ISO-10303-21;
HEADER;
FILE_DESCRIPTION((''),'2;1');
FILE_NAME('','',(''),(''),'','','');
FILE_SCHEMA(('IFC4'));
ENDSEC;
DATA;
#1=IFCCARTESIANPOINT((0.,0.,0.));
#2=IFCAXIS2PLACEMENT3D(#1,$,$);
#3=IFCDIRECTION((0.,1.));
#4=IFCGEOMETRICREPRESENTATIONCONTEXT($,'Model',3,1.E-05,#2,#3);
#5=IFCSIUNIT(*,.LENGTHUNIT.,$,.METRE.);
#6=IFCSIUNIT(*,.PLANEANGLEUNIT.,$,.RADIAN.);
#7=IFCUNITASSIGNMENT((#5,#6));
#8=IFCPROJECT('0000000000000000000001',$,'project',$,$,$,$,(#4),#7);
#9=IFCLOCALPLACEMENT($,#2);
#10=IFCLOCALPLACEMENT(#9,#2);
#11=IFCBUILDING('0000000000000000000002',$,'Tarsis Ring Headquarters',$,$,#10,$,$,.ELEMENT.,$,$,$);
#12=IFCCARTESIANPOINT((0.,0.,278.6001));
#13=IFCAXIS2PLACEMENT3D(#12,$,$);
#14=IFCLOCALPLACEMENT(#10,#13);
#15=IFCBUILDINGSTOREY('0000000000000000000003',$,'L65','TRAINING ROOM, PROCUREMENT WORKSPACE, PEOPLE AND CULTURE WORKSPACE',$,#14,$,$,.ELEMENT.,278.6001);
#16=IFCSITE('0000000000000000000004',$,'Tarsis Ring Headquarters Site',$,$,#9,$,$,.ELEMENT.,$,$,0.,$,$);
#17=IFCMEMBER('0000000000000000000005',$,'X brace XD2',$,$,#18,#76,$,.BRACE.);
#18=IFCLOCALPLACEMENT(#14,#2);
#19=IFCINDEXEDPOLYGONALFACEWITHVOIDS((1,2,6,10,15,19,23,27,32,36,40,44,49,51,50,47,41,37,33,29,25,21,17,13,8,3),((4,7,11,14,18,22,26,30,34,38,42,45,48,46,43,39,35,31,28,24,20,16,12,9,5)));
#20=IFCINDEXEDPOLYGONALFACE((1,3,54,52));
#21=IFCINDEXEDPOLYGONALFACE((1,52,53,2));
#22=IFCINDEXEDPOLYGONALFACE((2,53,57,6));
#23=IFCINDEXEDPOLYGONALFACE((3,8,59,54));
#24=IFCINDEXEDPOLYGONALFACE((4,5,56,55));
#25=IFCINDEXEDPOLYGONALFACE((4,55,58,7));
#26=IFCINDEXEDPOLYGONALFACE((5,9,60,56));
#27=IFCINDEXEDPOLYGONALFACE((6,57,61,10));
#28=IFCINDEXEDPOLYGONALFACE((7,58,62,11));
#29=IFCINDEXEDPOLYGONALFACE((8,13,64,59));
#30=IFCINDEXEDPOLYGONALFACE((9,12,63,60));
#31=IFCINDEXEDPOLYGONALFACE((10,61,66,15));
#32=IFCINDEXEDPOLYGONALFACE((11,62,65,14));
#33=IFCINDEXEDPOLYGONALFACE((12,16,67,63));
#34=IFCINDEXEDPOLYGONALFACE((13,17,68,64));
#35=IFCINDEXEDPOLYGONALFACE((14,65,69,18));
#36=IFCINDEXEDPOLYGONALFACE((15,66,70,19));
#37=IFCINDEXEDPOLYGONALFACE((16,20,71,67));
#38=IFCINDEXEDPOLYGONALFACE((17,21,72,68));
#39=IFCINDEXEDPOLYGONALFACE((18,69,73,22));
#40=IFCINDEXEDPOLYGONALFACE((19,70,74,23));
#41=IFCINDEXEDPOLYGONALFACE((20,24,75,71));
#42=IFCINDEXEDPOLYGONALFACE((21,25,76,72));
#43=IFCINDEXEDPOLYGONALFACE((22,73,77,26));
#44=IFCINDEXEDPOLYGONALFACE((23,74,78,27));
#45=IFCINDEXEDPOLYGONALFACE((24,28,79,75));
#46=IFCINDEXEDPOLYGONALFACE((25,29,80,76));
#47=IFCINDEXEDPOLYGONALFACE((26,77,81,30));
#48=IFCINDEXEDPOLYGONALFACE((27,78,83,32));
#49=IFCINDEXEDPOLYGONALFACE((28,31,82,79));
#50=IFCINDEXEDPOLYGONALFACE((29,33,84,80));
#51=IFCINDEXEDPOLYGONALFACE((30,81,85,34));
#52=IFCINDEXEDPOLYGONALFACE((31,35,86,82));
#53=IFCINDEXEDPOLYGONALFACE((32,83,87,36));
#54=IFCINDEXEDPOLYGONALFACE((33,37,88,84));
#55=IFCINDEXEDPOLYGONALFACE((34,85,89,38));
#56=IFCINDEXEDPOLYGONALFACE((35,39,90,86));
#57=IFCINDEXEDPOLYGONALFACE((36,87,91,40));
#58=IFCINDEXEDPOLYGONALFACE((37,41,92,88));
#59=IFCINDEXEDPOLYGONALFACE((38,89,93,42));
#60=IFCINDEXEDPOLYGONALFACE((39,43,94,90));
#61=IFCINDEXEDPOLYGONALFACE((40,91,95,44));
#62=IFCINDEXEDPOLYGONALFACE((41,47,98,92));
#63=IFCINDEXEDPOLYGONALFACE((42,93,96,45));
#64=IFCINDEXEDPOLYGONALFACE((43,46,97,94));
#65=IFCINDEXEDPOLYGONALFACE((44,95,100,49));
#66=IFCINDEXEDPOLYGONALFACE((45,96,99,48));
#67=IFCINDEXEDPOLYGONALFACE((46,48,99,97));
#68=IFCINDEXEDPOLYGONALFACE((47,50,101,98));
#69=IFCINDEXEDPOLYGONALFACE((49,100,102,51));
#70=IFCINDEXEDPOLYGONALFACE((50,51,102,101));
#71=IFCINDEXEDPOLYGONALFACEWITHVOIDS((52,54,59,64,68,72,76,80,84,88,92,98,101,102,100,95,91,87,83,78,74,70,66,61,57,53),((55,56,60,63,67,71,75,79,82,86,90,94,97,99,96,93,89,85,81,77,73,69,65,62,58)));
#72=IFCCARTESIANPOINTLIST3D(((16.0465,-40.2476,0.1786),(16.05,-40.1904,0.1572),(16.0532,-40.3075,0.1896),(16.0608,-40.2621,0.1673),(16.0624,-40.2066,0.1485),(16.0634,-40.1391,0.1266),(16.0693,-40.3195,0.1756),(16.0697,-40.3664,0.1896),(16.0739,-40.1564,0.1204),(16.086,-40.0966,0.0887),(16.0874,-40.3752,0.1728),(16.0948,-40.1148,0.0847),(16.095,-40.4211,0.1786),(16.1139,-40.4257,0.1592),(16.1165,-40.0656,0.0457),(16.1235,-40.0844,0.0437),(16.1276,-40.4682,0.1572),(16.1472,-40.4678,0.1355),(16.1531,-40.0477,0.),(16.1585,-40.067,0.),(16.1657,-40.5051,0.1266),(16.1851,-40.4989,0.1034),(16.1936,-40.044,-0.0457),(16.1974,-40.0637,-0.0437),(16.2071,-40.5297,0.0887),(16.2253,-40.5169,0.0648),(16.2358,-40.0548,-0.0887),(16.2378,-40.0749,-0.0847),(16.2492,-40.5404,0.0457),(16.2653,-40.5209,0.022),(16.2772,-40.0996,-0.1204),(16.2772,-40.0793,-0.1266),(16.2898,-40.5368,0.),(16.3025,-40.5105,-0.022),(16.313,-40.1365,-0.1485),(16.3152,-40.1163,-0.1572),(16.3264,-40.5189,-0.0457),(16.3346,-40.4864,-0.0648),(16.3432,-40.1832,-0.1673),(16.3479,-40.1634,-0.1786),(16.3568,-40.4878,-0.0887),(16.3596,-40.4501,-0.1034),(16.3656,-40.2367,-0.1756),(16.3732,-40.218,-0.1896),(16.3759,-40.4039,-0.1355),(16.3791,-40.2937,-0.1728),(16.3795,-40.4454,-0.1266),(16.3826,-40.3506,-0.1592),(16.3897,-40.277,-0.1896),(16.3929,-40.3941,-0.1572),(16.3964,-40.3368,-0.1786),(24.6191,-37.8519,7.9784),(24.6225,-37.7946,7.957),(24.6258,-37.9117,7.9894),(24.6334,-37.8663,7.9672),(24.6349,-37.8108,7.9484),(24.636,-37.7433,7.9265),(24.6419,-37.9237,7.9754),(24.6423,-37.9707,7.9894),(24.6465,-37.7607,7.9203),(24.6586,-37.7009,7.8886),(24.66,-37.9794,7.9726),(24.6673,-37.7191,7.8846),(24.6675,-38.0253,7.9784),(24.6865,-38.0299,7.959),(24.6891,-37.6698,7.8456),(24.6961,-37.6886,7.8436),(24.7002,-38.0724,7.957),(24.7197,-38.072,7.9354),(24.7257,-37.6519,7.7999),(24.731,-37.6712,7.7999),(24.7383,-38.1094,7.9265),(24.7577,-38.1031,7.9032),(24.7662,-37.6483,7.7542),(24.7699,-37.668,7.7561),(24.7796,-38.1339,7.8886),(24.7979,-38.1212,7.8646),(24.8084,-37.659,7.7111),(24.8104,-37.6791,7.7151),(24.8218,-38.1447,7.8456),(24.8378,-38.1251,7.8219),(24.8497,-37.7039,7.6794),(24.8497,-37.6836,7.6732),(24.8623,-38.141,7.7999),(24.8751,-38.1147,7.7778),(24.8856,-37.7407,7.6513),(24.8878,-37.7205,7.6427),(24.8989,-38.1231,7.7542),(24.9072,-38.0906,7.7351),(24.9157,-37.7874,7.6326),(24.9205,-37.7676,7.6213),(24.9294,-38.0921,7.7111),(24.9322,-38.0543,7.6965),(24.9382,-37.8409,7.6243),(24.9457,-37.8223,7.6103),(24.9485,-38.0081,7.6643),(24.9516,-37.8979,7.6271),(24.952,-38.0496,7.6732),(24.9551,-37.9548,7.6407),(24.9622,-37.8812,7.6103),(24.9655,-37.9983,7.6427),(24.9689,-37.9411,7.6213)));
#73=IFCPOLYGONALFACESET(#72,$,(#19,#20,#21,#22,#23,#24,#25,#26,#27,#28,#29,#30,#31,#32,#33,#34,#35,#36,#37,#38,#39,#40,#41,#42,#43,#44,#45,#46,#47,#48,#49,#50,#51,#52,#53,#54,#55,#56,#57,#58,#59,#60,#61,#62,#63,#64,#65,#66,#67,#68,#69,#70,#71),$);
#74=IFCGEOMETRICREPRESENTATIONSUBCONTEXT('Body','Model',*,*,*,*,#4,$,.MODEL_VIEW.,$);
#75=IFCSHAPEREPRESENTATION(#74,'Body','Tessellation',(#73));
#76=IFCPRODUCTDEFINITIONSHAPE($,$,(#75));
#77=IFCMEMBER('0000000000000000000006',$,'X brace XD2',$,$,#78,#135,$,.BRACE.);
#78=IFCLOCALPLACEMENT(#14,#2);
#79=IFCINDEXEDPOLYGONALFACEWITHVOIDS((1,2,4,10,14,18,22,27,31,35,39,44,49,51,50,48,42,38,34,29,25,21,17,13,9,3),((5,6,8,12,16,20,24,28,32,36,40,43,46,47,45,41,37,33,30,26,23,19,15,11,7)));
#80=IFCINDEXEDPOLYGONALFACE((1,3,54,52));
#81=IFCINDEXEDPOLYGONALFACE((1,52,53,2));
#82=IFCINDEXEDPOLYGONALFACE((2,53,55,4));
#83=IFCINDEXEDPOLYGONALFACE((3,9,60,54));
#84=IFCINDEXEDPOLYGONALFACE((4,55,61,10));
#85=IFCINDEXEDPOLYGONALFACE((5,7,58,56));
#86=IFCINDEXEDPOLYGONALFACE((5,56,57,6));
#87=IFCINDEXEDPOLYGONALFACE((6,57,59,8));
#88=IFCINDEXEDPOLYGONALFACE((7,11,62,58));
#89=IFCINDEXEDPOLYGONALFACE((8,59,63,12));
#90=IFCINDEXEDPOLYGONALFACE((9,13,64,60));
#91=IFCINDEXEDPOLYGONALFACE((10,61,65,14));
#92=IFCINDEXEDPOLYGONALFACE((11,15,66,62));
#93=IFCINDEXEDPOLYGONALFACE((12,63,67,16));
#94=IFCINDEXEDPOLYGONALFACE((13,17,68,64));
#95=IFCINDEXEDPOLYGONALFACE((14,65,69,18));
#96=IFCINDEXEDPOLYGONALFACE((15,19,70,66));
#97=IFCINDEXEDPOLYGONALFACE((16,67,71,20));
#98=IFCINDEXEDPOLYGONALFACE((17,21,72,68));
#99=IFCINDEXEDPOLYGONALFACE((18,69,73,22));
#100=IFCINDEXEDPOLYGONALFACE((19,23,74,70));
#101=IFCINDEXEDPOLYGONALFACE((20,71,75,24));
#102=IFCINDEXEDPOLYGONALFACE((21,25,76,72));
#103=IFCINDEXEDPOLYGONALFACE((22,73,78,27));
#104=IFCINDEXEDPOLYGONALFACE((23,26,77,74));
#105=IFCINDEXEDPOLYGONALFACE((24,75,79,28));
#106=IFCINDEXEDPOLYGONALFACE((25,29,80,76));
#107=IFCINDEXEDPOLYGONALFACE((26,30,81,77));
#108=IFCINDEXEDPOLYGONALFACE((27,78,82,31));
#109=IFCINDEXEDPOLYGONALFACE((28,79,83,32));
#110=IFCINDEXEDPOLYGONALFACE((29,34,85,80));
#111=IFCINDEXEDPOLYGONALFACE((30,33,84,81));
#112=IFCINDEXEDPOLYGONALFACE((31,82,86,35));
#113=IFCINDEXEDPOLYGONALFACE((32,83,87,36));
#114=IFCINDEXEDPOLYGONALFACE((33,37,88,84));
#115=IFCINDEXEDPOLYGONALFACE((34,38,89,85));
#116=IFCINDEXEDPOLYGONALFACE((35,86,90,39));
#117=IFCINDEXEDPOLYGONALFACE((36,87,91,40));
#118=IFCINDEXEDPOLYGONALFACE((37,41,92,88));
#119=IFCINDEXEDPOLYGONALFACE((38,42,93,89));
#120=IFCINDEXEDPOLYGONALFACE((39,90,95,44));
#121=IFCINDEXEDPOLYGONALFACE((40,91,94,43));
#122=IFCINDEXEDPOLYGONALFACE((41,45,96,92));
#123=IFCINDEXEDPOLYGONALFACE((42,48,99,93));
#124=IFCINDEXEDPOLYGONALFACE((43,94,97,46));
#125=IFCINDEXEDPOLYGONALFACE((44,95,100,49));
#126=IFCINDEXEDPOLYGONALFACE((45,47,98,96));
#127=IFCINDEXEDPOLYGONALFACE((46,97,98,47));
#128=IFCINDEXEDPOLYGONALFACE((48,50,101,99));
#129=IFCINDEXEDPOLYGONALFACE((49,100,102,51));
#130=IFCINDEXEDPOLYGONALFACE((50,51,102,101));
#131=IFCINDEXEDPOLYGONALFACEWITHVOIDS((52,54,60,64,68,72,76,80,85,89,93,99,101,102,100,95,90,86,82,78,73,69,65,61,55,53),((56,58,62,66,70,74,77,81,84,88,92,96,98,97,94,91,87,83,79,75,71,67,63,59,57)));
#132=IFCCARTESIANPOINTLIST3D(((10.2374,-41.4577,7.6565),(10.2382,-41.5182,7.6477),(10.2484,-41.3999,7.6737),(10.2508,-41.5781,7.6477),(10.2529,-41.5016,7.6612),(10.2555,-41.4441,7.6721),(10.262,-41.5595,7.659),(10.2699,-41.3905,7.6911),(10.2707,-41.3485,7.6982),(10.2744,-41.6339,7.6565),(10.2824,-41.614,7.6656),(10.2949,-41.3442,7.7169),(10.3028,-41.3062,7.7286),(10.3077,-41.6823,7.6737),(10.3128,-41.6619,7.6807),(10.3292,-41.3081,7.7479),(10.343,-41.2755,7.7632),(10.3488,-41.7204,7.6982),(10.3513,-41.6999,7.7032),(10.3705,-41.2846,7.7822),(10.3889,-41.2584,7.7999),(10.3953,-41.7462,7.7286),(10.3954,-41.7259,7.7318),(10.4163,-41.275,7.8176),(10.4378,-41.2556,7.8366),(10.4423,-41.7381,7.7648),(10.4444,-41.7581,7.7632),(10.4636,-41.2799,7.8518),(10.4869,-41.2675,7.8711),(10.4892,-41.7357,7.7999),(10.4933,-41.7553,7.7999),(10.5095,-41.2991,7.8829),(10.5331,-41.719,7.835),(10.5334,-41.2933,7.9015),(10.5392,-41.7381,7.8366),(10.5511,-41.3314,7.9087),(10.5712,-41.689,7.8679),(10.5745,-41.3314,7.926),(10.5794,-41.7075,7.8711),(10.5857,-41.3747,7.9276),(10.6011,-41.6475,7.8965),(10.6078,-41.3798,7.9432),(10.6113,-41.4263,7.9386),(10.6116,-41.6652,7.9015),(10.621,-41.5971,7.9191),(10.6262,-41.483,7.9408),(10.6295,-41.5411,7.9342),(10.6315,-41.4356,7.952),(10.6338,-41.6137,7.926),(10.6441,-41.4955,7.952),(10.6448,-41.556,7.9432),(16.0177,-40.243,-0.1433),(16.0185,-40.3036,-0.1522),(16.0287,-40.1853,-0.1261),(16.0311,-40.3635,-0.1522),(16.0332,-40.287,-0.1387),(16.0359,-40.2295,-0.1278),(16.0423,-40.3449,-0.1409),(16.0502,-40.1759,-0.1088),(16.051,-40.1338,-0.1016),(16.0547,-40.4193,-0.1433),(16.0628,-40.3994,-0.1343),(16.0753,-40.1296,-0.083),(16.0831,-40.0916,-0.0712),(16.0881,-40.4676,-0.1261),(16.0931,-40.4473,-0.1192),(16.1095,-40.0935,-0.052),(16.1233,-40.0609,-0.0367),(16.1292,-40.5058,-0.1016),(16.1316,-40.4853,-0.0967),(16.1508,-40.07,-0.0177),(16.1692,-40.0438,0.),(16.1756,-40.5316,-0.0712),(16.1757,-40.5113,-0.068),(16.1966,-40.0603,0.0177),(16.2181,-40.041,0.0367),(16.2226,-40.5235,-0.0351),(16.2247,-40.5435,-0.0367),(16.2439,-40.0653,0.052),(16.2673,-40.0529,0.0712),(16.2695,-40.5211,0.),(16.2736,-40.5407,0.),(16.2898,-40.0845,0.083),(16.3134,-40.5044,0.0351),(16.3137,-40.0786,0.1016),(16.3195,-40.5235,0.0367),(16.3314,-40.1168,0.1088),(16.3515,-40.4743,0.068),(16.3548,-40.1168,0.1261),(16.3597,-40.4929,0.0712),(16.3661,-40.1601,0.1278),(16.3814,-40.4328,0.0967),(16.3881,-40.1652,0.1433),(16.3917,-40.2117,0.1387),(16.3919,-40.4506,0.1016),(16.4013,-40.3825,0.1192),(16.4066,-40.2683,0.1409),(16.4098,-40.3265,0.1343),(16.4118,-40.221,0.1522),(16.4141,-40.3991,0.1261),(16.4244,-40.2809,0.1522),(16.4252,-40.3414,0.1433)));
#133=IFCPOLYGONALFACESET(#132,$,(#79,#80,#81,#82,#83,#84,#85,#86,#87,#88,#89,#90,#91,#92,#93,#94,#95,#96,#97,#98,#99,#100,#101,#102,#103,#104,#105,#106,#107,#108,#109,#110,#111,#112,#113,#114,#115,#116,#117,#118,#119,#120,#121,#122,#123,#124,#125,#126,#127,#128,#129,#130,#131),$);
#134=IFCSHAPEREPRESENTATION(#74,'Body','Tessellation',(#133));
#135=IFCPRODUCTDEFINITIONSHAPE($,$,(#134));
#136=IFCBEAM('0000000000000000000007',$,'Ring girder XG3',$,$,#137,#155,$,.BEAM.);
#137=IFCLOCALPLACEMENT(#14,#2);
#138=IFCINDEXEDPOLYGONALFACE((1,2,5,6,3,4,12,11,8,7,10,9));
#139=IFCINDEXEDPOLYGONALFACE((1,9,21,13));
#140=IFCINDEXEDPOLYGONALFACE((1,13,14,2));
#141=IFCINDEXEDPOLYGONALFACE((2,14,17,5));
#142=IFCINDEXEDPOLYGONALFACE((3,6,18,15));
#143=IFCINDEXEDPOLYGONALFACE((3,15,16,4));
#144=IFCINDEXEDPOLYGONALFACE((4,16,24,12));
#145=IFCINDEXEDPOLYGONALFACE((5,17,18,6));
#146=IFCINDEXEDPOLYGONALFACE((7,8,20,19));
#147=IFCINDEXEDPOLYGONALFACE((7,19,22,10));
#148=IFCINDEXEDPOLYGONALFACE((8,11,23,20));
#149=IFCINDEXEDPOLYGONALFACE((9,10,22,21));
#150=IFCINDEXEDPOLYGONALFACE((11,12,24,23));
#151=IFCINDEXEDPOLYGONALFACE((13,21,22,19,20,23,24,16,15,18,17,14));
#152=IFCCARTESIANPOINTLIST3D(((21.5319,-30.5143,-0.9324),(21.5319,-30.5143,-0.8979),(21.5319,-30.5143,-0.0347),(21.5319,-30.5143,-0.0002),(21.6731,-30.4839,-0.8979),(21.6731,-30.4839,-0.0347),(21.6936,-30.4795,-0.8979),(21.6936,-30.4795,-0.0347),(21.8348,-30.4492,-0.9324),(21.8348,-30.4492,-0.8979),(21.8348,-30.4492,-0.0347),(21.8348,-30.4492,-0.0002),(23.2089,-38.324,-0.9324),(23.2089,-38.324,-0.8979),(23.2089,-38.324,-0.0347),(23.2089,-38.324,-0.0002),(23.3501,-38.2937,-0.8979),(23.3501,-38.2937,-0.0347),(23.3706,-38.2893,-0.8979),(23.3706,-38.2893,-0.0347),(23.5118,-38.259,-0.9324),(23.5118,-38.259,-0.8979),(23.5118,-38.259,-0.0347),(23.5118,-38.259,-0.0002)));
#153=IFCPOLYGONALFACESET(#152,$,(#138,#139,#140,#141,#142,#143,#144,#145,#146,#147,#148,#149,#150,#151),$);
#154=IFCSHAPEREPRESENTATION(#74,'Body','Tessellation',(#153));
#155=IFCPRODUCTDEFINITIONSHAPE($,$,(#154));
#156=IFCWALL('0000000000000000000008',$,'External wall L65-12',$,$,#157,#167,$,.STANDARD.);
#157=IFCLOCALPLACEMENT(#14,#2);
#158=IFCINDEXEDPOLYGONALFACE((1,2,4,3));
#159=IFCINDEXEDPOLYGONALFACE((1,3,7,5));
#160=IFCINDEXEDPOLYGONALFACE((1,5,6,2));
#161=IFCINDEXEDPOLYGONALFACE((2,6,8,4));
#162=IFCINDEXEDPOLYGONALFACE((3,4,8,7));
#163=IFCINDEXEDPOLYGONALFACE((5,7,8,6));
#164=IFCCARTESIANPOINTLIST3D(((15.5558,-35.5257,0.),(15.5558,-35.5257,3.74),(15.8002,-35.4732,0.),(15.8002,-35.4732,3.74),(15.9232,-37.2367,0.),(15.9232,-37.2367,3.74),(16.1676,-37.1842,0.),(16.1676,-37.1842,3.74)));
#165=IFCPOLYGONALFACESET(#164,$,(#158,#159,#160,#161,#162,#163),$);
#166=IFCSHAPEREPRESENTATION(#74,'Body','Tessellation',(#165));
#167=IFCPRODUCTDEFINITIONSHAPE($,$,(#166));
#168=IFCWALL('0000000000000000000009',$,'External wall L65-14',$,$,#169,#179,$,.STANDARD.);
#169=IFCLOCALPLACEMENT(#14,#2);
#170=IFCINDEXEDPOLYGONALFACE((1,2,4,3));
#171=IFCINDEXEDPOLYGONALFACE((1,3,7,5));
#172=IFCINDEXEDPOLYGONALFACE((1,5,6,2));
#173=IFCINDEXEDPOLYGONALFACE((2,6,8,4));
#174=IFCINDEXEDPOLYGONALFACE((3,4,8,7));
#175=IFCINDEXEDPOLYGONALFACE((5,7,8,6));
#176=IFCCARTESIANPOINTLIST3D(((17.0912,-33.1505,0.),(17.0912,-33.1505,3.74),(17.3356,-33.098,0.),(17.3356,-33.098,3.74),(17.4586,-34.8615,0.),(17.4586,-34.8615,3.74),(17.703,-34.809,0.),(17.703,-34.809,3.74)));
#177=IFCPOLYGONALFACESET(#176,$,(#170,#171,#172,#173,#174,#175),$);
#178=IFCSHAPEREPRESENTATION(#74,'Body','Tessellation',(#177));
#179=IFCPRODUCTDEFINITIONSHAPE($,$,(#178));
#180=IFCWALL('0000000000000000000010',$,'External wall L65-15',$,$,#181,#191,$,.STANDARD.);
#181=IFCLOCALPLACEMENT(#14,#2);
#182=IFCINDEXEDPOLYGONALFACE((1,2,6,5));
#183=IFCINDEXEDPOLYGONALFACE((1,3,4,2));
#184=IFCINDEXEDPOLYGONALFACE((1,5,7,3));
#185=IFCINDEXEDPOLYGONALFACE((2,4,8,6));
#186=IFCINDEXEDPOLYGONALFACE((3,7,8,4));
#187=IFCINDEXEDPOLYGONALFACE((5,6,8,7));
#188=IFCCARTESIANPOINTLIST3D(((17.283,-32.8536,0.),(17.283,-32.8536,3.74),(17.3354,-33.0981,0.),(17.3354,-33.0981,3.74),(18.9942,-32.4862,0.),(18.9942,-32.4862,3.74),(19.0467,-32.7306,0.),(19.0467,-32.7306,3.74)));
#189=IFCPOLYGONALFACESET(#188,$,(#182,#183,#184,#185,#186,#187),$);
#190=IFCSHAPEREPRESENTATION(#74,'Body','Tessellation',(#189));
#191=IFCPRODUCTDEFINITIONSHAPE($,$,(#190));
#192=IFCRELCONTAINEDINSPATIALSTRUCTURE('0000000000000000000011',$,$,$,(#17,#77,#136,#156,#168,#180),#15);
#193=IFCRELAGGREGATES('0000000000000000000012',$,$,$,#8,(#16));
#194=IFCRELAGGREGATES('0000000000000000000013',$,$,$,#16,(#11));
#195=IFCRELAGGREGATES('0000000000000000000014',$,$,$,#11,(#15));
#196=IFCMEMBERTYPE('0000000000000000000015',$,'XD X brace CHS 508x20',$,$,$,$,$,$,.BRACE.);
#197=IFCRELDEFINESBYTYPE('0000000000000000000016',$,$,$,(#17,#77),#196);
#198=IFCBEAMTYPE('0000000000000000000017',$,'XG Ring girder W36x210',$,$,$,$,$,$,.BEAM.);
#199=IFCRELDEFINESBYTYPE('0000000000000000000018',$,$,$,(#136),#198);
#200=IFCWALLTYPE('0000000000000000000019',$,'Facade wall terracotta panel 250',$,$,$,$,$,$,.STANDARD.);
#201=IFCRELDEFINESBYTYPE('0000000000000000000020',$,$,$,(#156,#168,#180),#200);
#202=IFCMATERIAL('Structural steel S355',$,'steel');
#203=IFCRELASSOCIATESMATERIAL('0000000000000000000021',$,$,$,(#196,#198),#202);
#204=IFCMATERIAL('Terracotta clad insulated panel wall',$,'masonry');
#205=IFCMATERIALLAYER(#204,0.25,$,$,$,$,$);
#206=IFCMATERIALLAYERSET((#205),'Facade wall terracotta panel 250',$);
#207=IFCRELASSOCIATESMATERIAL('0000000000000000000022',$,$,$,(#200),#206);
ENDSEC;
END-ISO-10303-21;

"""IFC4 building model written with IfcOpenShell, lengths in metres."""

from ifc_helpers import new_model, si_unit, direction, frame, frame_2d, origin, origin_2d, place, context, subcontext, project, spatial, rectangle, hollow_circle, i_section, extrude, material, layer, layer_set, material_profile, profile_set, type_object, element, save


model = new_model("IFC4")

# Units and contexts
model_context = context("Model", 3, precision=1e-05, world=origin(), true_north=direction((0.0, 1.0)))
body_context = subcontext(model_context, "Body", "Model", "MODEL_VIEW")
ifc_project = project(units=[si_unit("LENGTHUNIT", "METRE"), si_unit("PLANEANGLEUNIT", "RADIAN")], contexts=[model_context])

# Site, building, storey
site_placement = place(None, origin())
site = spatial("IfcSite", under=ifc_project, at=site_placement, Name="Tarsis Ring Headquarters Site", CompositionType="ELEMENT", RefElevation=0.0)
building_placement = place(site_placement, origin())
building = spatial("IfcBuilding", under=site, at=building_placement, Name="Tarsis Ring Headquarters", CompositionType="ELEMENT")
storey_placement = place(building_placement, frame((0.0, 0.0, 278.6001)))
storey = spatial("IfcBuildingStorey", under=building, at=storey_placement, Name="L65", Description="TRAINING ROOM, PROCUREMENT WORKSPACE, PEOPLE AND CULTURE WORKSPACE", CompositionType="ELEMENT", Elevation=278.6001)

# Shared definitions
ifc_material_1 = material(Name="Structural steel S355", Category="steel")

# Members
ifc_material_profile_1 = material_profile(ifc_material_1, hollow_circle(Radius=0.2539, WallThickness=0.02, at=origin_2d()), Name="CHS 508x20")
ifc_profile_set_1 = profile_set([ifc_material_profile_1], Name="Structural steel S355")
member_type = type_object("IfcMemberType", Name="XD X brace CHS 508x20", PredefinedType="BRACE", material=ifc_profile_set_1)
member_1_placement = place(storey_placement, frame((16.2214, -40.2922, 0.0), z_axis=(0.724342, 0.202431, 0.659052), x_axis=(-0.269156, 0.963097, 0.0)))
element("IfcMember", 1, at=member_1_placement, inside=storey, type_object=member_type, Name="X brace XD2", PredefinedType="BRACE", context=body_context, shape_type="SweptSolid", body=[
    extrude(hollow_circle(Radius=0.2539, WallThickness=0.02, at=origin_2d()), origin(), (0.0, 0.0, 1.0), 11.835),
])
member_2_placement = place(storey_placement, frame((16.2214, -40.2922, 0.0), z_axis=(-0.590797, -0.124143, 0.797212), x_axis=(0.205638, -0.978628, 0.0)))
element("IfcMember", 2, at=member_2_placement, inside=storey, type_object=member_type, Name="X brace XD2", PredefinedType="BRACE", context=body_context, shape_type="SweptSolid", body=[
    extrude(hollow_circle(Radius=0.2539, WallThickness=0.02, at=origin_2d()), origin(), (0.0, 0.0, 1.0), 9.7839),
])

# Beam
ifc_material_profile_2 = material_profile(ifc_material_1, i_section(OverallWidth=0.3098, OverallDepth=0.9321, WebThickness=0.021, FlangeThickness=0.0344, at=origin_2d()), Name="W36x210")
ifc_profile_set_2 = profile_set([ifc_material_profile_2], Name="Structural steel S355")
beam_type = type_object("IfcBeamType", Name="XG Ring girder W36x210", PredefinedType="BEAM", material=ifc_profile_set_2)
beam_placement = place(storey_placement, frame((23.3604, -38.2915, -0.4663), z_axis=(-0.209944, 0.977713, 0.0), x_axis=(-0.977713, -0.209944, 0.0)))
element("IfcBeam", 3, at=beam_placement, inside=storey, type_object=beam_type, Name="Ring girder XG3", PredefinedType="BEAM", context=body_context, shape_type="SweptSolid", body=[
    extrude(i_section(OverallWidth=0.3098, OverallDepth=0.9321, WebThickness=0.021, FlangeThickness=0.0344, at=origin_2d()), origin(), (0.0, 0.0, 1.0), 7.9878),
])

# Walls
ifc_material_2 = material(Name="Terracotta clad insulated panel wall", Category="masonry")
ifc_layer = layer(ifc_material_2, 0.25)
ifc_layer_set = layer_set([ifc_layer], Name="Facade wall terracotta panel 250")
wall_type = type_object("IfcWallType", Name="Facade wall terracotta panel 250", PredefinedType="STANDARD", material=ifc_layer_set)
for number, where, z_axis, x_axis, name in (
    (4, (16.0454, -37.2104, 0.0), (0.0, 0.0, 1.0), (-0.209967, 0.977708, 0.0), "External wall L65-12"),
    (5, (17.5808, -34.8352, 0.0), (0.0, 0.0, 1.0), (-0.209967, 0.977708, 0.0), "External wall L65-14"),
):
    element("IfcWall", number, at=place(storey_placement, frame(where, z_axis=z_axis, x_axis=x_axis)), inside=storey, type_object=wall_type, Name=name, PredefinedType="STANDARD", context=body_context, shape_type="SweptSolid", body=[
        extrude(rectangle(XDim=1.75, YDim=0.25, at=frame_2d((0.875, 0.0))), origin(), (0.0, 0.0, 1.0), 3.74),
    ])
wall_1_placement = place(storey_placement, frame((17.3093, -32.9758, 0.0), z_axis=(0.0, 0.0, 1.0), x_axis=(0.977715, 0.209939, 0.0)))
element("IfcWall", 6, at=wall_1_placement, inside=storey, type_object=wall_type, Name="External wall L65-15", PredefinedType="STANDARD", context=body_context, shape_type="SweptSolid", body=[
    extrude(rectangle(XDim=1.7502, YDim=0.25, at=frame_2d((0.875, 0.0))), origin(), (0.0, 0.0, 1.0), 3.74),
])

save(model, "model.ifc")
